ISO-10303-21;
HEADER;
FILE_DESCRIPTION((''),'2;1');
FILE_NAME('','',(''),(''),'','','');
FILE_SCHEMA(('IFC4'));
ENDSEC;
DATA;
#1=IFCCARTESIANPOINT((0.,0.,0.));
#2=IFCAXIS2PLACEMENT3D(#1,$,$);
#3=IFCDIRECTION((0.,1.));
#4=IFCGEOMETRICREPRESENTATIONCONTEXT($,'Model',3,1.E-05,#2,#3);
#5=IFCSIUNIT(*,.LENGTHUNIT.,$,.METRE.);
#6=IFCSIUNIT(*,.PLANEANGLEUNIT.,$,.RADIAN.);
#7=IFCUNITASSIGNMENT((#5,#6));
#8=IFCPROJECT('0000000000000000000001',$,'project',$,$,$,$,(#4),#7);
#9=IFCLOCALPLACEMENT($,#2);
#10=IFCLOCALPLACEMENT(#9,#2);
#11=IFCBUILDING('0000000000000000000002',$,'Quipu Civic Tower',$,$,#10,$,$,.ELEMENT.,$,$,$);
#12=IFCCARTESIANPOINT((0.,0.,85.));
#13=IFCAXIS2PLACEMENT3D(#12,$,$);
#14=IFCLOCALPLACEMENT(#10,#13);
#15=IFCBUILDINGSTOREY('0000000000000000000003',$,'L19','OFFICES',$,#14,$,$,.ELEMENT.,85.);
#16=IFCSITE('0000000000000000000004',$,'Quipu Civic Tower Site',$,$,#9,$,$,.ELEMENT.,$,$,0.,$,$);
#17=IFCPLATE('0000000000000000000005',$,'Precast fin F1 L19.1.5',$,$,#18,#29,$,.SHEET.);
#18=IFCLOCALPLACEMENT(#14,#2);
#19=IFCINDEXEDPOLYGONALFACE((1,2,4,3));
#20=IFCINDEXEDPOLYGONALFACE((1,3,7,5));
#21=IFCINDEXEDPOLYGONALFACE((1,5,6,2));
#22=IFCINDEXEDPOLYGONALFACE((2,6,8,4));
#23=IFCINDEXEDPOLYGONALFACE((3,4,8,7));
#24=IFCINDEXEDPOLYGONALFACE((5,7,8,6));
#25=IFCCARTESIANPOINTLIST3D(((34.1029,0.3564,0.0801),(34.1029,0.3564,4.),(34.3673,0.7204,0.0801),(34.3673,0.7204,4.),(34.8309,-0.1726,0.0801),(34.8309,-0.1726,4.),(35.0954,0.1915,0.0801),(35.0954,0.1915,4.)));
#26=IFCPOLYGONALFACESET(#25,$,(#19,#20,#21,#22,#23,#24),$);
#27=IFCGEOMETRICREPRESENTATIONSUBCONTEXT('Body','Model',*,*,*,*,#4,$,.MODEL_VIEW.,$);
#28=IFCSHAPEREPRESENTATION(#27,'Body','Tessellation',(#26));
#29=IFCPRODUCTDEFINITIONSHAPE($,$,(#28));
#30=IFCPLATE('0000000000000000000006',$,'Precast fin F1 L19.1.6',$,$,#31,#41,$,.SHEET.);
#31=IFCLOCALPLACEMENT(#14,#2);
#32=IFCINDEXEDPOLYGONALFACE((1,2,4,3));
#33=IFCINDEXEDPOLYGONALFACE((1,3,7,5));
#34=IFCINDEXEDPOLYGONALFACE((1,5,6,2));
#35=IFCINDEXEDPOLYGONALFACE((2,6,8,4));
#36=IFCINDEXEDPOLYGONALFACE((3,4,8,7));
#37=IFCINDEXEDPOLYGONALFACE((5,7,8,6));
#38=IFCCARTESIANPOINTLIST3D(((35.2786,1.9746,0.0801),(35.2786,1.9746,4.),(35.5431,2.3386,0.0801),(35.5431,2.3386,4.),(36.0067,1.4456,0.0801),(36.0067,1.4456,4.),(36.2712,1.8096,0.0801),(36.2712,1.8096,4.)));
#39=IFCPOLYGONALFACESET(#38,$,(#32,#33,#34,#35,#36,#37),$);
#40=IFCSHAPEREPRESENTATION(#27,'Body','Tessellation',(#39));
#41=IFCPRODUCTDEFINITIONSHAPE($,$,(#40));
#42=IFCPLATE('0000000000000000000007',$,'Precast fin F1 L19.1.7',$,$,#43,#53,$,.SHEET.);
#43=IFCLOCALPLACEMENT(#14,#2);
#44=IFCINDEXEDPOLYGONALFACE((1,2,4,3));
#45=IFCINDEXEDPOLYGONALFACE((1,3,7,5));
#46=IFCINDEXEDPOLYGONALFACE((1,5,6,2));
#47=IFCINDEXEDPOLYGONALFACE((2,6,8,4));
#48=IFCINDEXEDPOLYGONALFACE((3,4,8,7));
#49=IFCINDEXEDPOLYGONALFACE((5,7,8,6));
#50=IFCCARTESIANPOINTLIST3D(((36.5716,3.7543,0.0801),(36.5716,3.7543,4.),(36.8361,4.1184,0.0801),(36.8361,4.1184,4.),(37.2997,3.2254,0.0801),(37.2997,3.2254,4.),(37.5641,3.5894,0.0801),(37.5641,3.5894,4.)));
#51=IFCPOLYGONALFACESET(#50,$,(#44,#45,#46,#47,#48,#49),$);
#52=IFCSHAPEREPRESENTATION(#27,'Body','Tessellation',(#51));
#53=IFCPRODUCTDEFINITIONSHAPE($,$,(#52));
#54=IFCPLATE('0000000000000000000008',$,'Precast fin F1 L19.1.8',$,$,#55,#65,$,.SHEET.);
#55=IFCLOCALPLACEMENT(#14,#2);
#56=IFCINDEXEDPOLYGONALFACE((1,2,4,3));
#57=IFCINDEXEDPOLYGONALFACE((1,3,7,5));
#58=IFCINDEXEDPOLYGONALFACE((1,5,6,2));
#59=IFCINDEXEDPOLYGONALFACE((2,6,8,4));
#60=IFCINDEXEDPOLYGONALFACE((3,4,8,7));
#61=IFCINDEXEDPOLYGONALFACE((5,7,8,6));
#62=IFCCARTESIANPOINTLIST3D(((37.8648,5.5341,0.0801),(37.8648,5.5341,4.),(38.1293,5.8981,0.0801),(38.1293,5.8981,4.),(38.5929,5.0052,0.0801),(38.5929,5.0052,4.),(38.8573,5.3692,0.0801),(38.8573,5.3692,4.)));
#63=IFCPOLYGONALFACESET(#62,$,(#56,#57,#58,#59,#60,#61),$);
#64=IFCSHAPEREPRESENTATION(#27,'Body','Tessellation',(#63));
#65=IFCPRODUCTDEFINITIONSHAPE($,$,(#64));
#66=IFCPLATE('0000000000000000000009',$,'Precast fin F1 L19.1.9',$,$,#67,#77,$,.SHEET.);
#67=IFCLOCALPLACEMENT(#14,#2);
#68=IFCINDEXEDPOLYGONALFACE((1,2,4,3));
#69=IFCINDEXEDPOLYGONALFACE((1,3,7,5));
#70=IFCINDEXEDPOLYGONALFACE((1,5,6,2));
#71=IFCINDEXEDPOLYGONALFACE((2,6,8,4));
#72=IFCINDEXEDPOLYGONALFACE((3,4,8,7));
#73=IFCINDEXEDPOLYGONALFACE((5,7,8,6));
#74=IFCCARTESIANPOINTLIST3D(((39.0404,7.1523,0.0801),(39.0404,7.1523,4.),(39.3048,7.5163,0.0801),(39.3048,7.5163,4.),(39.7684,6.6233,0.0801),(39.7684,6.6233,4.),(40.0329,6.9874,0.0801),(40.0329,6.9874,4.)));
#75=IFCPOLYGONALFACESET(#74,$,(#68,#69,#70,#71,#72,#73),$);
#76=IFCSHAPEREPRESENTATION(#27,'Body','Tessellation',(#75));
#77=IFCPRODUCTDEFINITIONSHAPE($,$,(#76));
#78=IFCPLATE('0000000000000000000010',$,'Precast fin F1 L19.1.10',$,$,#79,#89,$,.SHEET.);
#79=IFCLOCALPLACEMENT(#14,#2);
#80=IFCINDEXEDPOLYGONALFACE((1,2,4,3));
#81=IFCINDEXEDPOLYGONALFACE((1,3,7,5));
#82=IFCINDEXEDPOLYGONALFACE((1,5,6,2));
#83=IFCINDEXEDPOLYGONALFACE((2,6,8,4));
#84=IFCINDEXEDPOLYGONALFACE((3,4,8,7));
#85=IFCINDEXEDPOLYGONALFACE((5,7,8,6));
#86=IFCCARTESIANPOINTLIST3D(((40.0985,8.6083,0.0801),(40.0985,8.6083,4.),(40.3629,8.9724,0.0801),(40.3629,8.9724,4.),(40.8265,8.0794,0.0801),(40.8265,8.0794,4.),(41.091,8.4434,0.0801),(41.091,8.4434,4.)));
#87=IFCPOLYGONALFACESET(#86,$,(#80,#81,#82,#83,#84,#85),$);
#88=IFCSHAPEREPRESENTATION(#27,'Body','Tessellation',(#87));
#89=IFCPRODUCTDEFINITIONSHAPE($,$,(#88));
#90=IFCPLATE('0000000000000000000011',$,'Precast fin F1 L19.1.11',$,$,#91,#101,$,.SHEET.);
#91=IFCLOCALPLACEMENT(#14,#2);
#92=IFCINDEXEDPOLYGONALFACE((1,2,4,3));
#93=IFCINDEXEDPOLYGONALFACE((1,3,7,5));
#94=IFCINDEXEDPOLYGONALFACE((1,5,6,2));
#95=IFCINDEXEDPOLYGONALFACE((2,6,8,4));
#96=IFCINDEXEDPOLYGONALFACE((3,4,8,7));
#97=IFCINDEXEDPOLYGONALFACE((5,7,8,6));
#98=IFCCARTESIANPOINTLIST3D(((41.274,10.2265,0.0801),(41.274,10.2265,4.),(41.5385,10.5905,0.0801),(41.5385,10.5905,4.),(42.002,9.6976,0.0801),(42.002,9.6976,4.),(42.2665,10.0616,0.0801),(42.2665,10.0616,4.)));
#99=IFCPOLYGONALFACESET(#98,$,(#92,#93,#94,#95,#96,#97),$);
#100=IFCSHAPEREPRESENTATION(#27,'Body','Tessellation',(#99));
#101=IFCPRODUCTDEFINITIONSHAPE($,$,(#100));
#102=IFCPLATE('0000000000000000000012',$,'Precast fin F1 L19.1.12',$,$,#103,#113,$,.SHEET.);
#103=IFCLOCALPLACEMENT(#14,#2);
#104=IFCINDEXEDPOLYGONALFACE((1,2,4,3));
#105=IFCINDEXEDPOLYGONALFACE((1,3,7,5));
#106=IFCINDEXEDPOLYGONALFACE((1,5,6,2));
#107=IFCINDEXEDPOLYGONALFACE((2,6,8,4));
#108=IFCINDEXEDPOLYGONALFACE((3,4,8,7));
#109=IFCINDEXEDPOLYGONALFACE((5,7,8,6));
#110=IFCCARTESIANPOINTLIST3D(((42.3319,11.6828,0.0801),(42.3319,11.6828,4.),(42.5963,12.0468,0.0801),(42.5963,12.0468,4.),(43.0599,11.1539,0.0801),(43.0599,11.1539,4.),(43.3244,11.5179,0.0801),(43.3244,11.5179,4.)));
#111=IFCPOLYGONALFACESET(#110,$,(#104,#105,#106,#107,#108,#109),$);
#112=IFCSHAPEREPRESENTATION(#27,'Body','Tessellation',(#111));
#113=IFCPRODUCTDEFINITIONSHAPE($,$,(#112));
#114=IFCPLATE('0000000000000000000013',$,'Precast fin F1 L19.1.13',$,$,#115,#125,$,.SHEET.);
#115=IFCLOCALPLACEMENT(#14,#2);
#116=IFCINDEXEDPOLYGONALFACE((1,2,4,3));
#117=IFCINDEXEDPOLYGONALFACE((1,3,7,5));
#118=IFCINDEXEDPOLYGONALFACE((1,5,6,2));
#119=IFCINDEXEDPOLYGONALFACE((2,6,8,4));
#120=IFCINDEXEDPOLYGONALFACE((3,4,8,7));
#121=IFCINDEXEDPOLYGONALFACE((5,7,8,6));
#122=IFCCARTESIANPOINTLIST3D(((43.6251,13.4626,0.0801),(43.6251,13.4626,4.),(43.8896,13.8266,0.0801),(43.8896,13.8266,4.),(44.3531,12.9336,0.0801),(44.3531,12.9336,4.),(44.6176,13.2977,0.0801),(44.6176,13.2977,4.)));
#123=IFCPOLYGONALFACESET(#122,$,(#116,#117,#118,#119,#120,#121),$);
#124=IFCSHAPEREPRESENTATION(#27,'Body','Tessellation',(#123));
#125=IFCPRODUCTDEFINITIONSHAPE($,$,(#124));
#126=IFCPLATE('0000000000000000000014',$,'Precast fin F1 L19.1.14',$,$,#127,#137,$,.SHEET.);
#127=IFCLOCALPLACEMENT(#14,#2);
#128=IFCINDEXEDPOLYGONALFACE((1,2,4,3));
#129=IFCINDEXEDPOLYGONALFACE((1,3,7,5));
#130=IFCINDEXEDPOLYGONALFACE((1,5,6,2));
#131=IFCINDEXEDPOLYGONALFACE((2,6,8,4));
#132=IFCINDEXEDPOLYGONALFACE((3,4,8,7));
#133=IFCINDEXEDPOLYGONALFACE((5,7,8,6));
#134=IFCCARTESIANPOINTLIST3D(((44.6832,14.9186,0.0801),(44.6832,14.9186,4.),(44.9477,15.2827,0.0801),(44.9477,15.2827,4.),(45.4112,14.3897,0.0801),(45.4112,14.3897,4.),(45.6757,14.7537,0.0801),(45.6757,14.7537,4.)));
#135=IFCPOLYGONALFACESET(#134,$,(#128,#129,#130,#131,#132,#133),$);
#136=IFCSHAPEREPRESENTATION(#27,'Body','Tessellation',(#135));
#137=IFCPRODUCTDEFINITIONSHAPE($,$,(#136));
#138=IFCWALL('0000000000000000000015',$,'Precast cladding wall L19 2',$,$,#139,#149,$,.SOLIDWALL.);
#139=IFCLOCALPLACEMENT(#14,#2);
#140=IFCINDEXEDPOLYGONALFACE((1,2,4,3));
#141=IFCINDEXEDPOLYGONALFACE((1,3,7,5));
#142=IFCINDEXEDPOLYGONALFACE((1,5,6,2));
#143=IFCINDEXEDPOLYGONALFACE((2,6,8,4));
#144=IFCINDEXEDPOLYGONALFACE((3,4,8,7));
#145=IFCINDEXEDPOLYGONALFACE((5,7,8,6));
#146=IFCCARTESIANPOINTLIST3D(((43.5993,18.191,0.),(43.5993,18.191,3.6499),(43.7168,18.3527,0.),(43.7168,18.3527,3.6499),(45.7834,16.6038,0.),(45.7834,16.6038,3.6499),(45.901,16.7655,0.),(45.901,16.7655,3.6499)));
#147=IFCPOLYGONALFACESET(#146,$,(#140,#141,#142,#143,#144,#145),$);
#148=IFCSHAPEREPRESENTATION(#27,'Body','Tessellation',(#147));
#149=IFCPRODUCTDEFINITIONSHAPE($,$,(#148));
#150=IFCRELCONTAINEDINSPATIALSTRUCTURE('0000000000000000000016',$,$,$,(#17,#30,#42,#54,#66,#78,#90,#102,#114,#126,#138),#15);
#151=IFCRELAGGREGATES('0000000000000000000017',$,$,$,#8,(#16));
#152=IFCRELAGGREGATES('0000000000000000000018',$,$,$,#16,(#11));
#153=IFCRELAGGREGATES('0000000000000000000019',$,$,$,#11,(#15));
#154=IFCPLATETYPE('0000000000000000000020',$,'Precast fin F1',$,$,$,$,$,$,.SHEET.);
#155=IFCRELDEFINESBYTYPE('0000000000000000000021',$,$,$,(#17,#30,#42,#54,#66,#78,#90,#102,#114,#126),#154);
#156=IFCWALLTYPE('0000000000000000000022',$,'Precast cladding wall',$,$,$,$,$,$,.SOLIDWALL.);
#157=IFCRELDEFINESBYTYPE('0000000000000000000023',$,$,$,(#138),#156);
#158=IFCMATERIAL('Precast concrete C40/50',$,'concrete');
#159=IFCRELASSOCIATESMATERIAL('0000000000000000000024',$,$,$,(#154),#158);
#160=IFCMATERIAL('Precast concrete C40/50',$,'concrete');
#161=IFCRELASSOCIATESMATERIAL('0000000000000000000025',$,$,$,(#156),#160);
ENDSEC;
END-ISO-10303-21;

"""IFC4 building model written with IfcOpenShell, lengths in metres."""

from ifc_helpers import new_model, si_unit, direction, frame, frame_2d, origin, origin_2d, place, context, subcontext, project, spatial, rectangle, extrude, material, type_object, element, save


model = new_model("IFC4")

# Units and contexts
model_context = context("Model", 3, precision=1e-05, world=origin(), true_north=direction((0.0, 1.0)))
body_context = subcontext(model_context, "Body", "Model", "MODEL_VIEW")
ifc_project = project(units=[si_unit("LENGTHUNIT", "METRE"), si_unit("PLANEANGLEUNIT", "RADIAN")], contexts=[model_context])

# Site, building, storey
site_placement = place(None, origin())
site = spatial("IfcSite", under=ifc_project, at=site_placement, Name="Quipu Civic Tower Site", CompositionType="ELEMENT", RefElevation=0.0)
building_placement = place(site_placement, origin())
building = spatial("IfcBuilding", under=site, at=building_placement, Name="Quipu Civic Tower", CompositionType="ELEMENT")
storey_placement = place(building_placement, frame((0.0, 0.0, 85.0)))
storey = spatial("IfcBuildingStorey", under=building, at=storey_placement, Name="L19", Description="OFFICES", CompositionType="ELEMENT", Elevation=85.0)

# Plates
ifc_material_1 = material(Name="Precast concrete C40/50", Category="concrete")
plate_type_1 = type_object("IfcPlateType", Name="Precast fin F1", PredefinedType="SHEET", material=ifc_material_1)
for number, where, z_axis, x_axis, name in (
    (1, (34.5991, 0.2739, 0.0801), (0.0, 0.0, 1.0), (0.587786, 0.809017, 0.0), "Precast fin F1 L19.1.5"),
    (2, (35.7749, 1.8921, 0.0801), (0.0, 0.0, 1.0), (0.587786, 0.809017, 0.0), "Precast fin F1 L19.1.6"),
    (3, (37.0679, 3.6719, 0.0801), (0.0, 0.0, 1.0), (0.587786, 0.809017, 0.0), "Precast fin F1 L19.1.7"),
    (4, (38.3611, 5.4517, 0.0801), (0.0, 0.0, 1.0), (0.587786, 0.809017, 0.0), "Precast fin F1 L19.1.8"),
    (5, (39.5366, 7.0698, 0.0801), (0.0, 0.0, 1.0), (0.587786, 0.809017, 0.0), "Precast fin F1 L19.1.9"),
    (6, (40.5947, 8.5259, 0.0801), (0.0, 0.0, 1.0), (0.587786, 0.809017, 0.0), "Precast fin F1 L19.1.10"),
    (7, (41.7703, 10.144, 0.0801), (0.0, 0.0, 1.0), (0.587786, 0.809017, 0.0), "Precast fin F1 L19.1.11"),
    (8, (42.8281, 11.6003, 0.0801), (0.0, 0.0, 1.0), (0.587786, 0.809017, 0.0), "Precast fin F1 L19.1.12"),
    (9, (44.1213, 13.3801, 0.0801), (0.0, 0.0, 1.0), (0.587786, 0.809017, 0.0), "Precast fin F1 L19.1.13"),
    (10, (45.1794, 14.8362, 0.0801), (0.0, 0.0, 1.0), (0.587786, 0.809017, 0.0), "Precast fin F1 L19.1.14"),
):
    element("IfcPlate", number, at=place(storey_placement, frame(where, z_axis=z_axis, x_axis=x_axis)), inside=storey, type_object=plate_type_1, Name=name, PredefinedType="SHEET", context=body_context, shape_type="SweptSolid", body=[
        extrude(rectangle(XDim=0.45, YDim=0.8999, at=origin_2d()), origin(), (0.0, 0.0, 1.0), 3.9199),
    ])

# Wall
ifc_material_2 = material(Name="Precast concrete C40/50", Category="concrete")
wall_type = type_object("IfcWallType", Name="Precast cladding wall", PredefinedType="SOLIDWALL", material=ifc_material_2)
wall_placement = place(storey_placement, frame((45.8423, 16.6846, 0.0), z_axis=(0.0, 0.0, 1.0), x_axis=(-0.808959, 0.587865, 0.0)))
element("IfcWall", 11, at=wall_placement, inside=storey, type_object=wall_type, Name="Precast cladding wall L19 2", PredefinedType="SOLIDWALL", context=body_context, shape_type="SweptSolid", body=[
    extrude(rectangle(XDim=2.7, YDim=0.2, at=frame_2d((1.3501, 0.0))), origin(), (0.0, 0.0, 1.0), 3.6499),
])

save(model, "model.ifc")
